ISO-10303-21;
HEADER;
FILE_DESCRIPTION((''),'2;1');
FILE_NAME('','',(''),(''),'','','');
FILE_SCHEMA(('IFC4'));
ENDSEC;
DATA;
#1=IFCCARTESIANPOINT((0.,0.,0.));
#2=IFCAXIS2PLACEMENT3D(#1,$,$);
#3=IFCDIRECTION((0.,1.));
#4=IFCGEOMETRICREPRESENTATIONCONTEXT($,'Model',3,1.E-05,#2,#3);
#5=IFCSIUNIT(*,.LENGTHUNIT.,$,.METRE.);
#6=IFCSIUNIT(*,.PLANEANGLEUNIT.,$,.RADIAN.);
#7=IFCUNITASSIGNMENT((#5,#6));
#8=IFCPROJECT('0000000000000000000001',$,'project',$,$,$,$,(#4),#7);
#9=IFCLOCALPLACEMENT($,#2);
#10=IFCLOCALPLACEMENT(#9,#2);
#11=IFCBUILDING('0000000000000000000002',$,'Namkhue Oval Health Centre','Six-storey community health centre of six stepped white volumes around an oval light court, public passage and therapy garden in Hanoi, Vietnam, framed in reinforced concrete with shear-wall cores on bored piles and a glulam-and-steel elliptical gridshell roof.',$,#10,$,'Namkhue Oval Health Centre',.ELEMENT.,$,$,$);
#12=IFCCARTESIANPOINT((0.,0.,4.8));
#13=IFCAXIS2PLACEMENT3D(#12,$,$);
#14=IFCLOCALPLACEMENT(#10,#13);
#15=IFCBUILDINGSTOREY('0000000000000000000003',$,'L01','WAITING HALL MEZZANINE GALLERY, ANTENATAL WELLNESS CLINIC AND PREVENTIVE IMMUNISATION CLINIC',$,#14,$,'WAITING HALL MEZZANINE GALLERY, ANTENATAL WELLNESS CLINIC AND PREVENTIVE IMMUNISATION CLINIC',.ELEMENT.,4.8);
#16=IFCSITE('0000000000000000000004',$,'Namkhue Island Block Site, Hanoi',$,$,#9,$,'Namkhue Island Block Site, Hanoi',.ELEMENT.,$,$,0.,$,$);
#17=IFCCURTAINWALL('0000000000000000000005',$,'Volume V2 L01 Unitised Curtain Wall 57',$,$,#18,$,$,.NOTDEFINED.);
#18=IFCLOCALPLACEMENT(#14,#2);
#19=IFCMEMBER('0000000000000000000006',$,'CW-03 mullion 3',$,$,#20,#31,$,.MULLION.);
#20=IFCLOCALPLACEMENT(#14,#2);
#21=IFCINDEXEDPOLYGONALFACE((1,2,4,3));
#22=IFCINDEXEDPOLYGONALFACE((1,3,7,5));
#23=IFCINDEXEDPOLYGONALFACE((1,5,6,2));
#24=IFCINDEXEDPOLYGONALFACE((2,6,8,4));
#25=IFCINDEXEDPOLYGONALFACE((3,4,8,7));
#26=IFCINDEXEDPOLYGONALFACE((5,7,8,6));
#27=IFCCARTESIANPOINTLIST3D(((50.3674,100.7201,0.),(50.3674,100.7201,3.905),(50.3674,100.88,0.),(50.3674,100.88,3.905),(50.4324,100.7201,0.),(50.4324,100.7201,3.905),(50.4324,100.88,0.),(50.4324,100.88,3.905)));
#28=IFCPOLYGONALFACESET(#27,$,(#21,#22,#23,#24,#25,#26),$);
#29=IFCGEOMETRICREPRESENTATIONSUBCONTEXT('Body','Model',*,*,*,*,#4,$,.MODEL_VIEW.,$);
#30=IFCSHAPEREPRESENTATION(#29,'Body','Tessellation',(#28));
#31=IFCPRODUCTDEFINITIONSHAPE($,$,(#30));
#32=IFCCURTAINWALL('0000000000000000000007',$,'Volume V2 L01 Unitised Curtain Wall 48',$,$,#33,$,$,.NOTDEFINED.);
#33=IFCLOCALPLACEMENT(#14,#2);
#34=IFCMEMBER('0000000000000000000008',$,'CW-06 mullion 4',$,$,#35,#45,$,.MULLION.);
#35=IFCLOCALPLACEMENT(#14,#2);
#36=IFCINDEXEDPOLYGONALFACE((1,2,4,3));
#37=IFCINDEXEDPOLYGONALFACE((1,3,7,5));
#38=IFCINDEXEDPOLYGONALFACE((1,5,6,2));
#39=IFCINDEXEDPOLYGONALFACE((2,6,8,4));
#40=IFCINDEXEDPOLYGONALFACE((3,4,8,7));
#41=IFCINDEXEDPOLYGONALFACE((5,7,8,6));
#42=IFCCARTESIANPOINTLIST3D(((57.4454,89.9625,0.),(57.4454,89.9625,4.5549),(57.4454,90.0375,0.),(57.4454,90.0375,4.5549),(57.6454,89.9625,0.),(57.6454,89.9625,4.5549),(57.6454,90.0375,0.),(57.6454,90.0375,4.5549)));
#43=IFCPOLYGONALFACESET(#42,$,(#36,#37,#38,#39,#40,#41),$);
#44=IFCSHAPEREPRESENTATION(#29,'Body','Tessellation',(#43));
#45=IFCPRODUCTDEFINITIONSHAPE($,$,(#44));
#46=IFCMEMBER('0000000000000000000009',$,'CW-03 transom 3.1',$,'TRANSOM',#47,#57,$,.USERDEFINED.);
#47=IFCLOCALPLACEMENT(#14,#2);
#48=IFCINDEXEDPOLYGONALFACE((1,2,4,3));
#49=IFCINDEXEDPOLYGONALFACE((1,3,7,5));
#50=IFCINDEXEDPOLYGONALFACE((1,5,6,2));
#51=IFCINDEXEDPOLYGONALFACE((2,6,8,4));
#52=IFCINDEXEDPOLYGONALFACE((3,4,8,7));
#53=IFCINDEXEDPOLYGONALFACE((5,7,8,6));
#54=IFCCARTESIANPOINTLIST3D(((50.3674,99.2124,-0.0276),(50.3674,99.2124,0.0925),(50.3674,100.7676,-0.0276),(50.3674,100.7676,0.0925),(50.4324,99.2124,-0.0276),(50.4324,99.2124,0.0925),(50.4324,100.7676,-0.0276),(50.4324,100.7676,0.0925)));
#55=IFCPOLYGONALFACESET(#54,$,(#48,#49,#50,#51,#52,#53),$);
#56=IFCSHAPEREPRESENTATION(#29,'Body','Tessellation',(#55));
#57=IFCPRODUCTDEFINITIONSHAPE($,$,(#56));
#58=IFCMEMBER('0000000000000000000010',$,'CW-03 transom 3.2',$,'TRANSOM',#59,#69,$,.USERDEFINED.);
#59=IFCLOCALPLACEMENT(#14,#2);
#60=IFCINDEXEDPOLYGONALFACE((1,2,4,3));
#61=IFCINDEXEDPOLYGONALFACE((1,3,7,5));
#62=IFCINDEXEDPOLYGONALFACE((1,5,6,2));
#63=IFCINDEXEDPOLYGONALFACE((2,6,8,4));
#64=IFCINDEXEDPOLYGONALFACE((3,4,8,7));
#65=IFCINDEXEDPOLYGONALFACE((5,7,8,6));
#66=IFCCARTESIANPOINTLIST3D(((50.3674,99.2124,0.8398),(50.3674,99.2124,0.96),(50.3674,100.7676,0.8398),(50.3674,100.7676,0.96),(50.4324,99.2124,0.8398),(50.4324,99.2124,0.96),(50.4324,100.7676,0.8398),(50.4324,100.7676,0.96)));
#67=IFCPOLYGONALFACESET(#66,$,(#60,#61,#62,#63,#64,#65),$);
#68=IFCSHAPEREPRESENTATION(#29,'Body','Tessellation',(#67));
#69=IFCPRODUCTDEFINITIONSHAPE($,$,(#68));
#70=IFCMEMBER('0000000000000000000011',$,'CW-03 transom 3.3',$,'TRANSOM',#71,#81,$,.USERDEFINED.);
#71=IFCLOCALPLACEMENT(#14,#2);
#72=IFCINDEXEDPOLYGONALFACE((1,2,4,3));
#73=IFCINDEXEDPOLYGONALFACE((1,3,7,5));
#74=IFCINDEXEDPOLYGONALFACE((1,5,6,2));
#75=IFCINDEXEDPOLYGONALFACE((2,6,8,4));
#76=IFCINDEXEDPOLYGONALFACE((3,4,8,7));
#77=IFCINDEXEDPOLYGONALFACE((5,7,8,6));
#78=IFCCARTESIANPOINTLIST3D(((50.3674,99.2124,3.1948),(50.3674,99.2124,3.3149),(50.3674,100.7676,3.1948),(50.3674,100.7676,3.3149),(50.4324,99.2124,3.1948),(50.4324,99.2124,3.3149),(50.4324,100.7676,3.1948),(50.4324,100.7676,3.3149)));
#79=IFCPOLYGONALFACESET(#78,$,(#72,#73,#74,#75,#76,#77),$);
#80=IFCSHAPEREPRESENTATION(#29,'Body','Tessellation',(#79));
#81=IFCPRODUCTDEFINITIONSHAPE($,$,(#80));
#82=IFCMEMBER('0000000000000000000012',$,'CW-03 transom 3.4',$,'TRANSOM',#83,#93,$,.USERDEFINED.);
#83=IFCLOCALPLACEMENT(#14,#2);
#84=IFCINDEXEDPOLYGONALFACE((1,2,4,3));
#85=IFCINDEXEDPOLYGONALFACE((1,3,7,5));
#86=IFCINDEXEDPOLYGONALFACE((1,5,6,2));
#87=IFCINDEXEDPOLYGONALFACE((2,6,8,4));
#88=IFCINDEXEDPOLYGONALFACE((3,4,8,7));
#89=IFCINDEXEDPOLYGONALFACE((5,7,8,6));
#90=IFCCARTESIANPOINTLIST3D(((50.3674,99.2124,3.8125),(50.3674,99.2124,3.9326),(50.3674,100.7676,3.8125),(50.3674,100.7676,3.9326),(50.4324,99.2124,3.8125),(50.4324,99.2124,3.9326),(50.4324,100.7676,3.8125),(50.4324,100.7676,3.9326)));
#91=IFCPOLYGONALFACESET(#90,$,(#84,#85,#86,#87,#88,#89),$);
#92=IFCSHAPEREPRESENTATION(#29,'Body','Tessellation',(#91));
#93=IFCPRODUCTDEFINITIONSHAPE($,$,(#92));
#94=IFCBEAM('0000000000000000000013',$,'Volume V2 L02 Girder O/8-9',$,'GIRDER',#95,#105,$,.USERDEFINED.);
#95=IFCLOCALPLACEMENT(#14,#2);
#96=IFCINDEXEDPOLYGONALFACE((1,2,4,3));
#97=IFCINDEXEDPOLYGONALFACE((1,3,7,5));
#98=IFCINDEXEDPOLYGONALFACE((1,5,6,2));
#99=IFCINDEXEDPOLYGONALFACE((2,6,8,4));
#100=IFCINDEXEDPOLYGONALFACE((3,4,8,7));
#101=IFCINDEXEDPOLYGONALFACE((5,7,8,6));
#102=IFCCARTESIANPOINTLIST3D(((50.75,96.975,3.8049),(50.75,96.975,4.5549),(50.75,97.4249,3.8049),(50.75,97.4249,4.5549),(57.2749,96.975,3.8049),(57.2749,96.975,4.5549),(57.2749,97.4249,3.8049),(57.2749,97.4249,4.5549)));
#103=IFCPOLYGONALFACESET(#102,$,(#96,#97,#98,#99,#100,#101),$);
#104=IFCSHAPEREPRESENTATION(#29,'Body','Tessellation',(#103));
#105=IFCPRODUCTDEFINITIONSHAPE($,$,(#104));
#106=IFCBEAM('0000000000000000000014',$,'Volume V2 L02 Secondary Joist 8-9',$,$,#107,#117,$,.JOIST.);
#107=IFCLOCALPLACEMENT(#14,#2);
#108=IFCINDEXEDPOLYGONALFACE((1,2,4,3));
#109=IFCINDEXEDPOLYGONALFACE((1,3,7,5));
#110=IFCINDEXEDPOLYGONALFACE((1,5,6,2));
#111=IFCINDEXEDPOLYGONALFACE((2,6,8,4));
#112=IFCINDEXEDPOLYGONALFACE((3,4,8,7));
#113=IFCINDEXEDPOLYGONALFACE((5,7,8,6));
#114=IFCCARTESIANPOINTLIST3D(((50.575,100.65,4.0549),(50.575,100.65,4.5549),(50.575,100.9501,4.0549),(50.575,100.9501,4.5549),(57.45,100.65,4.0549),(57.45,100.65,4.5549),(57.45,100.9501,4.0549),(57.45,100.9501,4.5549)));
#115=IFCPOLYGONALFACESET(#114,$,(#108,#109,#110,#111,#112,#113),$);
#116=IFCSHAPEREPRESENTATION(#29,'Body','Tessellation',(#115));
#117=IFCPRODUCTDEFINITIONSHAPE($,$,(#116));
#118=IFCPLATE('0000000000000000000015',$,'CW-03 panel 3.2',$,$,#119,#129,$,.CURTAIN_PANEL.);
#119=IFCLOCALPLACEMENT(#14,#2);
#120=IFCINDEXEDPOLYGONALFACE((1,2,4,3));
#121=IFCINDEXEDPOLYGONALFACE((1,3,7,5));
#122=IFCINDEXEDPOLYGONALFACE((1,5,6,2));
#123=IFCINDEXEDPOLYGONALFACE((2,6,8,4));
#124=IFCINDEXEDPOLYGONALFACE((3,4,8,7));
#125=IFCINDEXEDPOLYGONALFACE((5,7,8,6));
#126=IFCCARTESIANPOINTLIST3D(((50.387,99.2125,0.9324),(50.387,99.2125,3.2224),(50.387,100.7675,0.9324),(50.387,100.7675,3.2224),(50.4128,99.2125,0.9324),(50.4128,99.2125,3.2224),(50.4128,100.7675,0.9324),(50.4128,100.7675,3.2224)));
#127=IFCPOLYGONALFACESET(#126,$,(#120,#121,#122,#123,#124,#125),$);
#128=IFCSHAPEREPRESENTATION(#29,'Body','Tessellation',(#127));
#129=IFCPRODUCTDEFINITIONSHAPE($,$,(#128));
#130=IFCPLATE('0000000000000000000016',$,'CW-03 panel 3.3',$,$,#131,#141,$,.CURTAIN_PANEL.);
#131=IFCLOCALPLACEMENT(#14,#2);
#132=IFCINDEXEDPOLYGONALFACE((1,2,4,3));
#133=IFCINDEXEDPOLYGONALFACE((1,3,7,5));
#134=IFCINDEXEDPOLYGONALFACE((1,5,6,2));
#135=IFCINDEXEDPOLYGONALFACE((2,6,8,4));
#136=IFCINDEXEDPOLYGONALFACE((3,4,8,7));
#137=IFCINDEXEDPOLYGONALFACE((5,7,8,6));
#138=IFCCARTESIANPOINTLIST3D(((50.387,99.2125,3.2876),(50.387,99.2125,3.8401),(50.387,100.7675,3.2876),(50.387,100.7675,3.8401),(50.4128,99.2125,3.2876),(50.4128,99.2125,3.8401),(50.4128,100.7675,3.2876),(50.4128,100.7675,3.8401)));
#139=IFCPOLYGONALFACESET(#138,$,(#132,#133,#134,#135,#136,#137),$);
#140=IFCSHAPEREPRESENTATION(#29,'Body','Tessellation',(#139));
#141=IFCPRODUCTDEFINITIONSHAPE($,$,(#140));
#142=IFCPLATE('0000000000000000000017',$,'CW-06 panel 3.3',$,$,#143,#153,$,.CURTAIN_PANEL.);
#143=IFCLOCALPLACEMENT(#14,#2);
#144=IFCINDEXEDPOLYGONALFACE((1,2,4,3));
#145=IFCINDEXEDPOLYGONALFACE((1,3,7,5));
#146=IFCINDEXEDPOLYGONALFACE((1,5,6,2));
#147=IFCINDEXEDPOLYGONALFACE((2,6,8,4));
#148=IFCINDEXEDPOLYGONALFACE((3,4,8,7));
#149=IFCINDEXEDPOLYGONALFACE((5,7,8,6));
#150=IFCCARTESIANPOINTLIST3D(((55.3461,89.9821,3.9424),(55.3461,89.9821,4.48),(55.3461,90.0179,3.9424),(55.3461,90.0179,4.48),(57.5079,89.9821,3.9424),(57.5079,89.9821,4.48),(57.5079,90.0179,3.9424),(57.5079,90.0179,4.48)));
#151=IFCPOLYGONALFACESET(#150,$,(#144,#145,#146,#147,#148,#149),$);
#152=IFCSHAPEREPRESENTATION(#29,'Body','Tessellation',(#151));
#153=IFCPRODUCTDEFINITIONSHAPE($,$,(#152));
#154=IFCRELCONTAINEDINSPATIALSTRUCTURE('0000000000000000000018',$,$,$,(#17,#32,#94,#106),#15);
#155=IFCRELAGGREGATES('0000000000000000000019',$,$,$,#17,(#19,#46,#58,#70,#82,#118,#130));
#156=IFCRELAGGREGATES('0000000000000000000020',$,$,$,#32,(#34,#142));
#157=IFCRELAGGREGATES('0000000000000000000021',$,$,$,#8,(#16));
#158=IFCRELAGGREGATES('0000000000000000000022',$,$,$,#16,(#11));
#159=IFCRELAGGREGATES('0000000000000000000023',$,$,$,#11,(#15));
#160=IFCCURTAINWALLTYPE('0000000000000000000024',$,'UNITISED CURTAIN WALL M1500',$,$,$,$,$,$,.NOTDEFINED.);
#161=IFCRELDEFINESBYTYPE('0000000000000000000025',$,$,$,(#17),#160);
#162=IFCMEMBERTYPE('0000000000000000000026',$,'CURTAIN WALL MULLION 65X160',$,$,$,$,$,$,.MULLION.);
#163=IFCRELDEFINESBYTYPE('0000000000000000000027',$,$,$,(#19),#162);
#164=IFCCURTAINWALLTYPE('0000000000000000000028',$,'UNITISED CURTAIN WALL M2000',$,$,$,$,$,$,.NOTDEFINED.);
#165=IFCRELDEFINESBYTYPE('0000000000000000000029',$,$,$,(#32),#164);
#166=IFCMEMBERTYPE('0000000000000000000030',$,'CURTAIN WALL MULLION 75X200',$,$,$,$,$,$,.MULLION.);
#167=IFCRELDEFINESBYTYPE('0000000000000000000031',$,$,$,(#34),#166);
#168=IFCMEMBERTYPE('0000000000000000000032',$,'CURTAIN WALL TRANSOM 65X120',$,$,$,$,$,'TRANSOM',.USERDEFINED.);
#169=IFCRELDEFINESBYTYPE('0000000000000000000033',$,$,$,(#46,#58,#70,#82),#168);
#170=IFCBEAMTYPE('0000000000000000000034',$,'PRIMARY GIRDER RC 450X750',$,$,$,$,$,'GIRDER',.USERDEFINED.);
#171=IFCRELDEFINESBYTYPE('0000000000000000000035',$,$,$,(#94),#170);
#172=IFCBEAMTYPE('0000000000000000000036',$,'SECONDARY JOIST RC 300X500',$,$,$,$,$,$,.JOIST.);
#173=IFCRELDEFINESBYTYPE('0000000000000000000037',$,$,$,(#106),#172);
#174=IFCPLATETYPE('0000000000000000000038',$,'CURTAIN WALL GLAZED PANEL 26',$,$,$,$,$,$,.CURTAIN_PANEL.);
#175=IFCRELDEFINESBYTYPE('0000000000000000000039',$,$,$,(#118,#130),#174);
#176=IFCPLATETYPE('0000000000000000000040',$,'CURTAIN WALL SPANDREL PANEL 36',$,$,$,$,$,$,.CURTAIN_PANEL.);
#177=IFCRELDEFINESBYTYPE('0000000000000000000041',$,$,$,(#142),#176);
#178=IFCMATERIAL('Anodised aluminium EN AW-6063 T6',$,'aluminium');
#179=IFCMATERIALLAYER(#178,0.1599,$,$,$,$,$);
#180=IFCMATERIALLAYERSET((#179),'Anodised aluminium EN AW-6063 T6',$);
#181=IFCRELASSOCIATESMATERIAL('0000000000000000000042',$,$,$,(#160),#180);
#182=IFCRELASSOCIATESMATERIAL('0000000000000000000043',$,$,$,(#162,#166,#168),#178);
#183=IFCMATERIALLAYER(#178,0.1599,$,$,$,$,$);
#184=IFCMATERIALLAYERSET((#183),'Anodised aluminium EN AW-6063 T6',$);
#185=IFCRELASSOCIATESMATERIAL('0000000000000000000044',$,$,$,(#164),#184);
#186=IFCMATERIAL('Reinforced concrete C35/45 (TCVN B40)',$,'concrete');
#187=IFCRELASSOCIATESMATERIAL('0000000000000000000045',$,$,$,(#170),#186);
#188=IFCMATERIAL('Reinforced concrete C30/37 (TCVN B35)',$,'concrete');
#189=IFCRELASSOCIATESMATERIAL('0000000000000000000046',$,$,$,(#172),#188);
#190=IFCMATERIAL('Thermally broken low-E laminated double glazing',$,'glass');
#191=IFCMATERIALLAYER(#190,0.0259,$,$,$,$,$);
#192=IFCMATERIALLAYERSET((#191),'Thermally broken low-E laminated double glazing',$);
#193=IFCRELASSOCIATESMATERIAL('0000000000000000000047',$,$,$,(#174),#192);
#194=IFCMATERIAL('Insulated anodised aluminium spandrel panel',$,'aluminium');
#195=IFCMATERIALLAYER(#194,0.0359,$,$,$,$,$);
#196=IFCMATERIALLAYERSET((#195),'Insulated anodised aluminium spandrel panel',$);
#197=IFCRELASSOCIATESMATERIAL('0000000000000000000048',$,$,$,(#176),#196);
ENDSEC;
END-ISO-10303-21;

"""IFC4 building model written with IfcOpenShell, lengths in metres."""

from ifc_helpers import new_model, si_unit, direction, frame, origin, origin_2d, place, context, subcontext, project, spatial, rectangle, extrude, material, layer, layer_set, material_profile, profile_set, type_object, element, aggregate, save


model = new_model("IFC4")

# Units and contexts
model_context = context("Model", 3, precision=1e-05, world=origin(), true_north=direction((0.0, 1.0)))
body_context = subcontext(model_context, "Body", "Model", "MODEL_VIEW")
ifc_project = project(units=[si_unit("LENGTHUNIT", "METRE"), si_unit("PLANEANGLEUNIT", "RADIAN")], contexts=[model_context])

# Site, building, storey
site_placement = place(None, origin())
site = spatial("IfcSite", under=ifc_project, at=site_placement, Name="Namkhue Island Block Site, Hanoi", LongName="Namkhue Island Block Site, Hanoi", CompositionType="ELEMENT", RefElevation=0.0)
building_placement = place(site_placement, origin())
building = spatial("IfcBuilding", under=site, at=building_placement, Name="Namkhue Oval Health Centre", Description="Six-storey community health centre of six stepped white volumes around an oval light court, public passage and therapy garden in Hanoi, Vietnam, framed in reinforced concrete with shear-wall cores on bored piles and a glulam-and-steel elliptical gridshell roof.", LongName="Namkhue Oval Health Centre", CompositionType="ELEMENT")
storey_placement = place(building_placement, frame((0.0, 0.0, 4.8)))
storey = spatial("IfcBuildingStorey", under=building, at=storey_placement, Name="L01", Description="WAITING HALL MEZZANINE GALLERY, ANTENATAL WELLNESS CLINIC AND PREVENTIVE IMMUNISATION CLINIC", LongName="WAITING HALL MEZZANINE GALLERY, ANTENATAL WELLNESS CLINIC AND PREVENTIVE IMMUNISATION CLINIC", CompositionType="ELEMENT", Elevation=4.8)

# Curtain walls, members
ifc_material_1 = material(Name="Anodised aluminium EN AW-6063 T6", Category="aluminium")
ifc_layer_1 = layer(ifc_material_1, 0.1599)
ifc_layer_set_1 = layer_set([ifc_layer_1], Name="Anodised aluminium EN AW-6063 T6")
curtain_wall_type_1 = type_object("IfcCurtainWallType", Name="UNITISED CURTAIN WALL M1500", PredefinedType="NOTDEFINED", material=ifc_layer_set_1)
curtain_wall_1_placement = place(storey_placement, origin())
curtain_wall_1 = element("IfcCurtainWall", 1, at=curtain_wall_1_placement, inside=storey, type_object=curtain_wall_type_1, Name="Volume V2 L01 Unitised Curtain Wall 57", PredefinedType="NOTDEFINED")
ifc_material_profile_1 = material_profile(ifc_material_1, rectangle(XDim=0.0649, YDim=0.1599, at=origin_2d()), Name="ALU 65x160")
ifc_profile_set_1 = profile_set([ifc_material_profile_1], Name="Anodised aluminium EN AW-6063 T6")
member_type_1 = type_object("IfcMemberType", Name="CURTAIN WALL MULLION 65X160", PredefinedType="MULLION", material=ifc_profile_set_1)
member_1_placement = place(storey_placement, frame((50.3999, 100.8, 0.0), z_axis=(0.0, 0.0, 1.0), x_axis=(1.0, 0.0, 0.0)))
member_1 = element("IfcMember", 2, at=member_1_placement, type_object=member_type_1, Name="CW-03 mullion 3", PredefinedType="MULLION", context=body_context, shape_type="SweptSolid", body=[
    extrude(rectangle(XDim=0.0649, YDim=0.1599, at=origin_2d()), origin(), (0.0, 0.0, 1.0), 3.905),
])
ifc_layer_2 = layer(ifc_material_1, 0.1599)
ifc_layer_set_2 = layer_set([ifc_layer_2], Name="Anodised aluminium EN AW-6063 T6")
curtain_wall_type_2 = type_object("IfcCurtainWallType", Name="UNITISED CURTAIN WALL M2000", PredefinedType="NOTDEFINED", material=ifc_layer_set_2)
curtain_wall_2_placement = place(storey_placement, origin())
curtain_wall_2 = element("IfcCurtainWall", 3, at=curtain_wall_2_placement, inside=storey, type_object=curtain_wall_type_2, Name="Volume V2 L01 Unitised Curtain Wall 48", PredefinedType="NOTDEFINED")
ifc_material_profile_2 = material_profile(ifc_material_1, rectangle(XDim=0.075, YDim=0.2, at=origin_2d()), Name="ALU 75x200")
ifc_profile_set_2 = profile_set([ifc_material_profile_2], Name="Anodised aluminium EN AW-6063 T6")
member_type_2 = type_object("IfcMemberType", Name="CURTAIN WALL MULLION 75X200", PredefinedType="MULLION", material=ifc_profile_set_2)
member_2_placement = place(storey_placement, frame((57.5454, 90.0, 0.0), z_axis=(0.0, 0.0, 1.0), x_axis=(0.0, 1.0, 0.0)))
member_2 = element("IfcMember", 4, at=member_2_placement, type_object=member_type_2, Name="CW-06 mullion 4", PredefinedType="MULLION", context=body_context, shape_type="SweptSolid", body=[
    extrude(rectangle(XDim=0.075, YDim=0.2, at=origin_2d()), origin(), (0.0, 0.0, 1.0), 4.5549),
])

# Members
ifc_material_profile_3 = material_profile(ifc_material_1, rectangle(XDim=0.0649, YDim=0.1201, at=origin_2d()), Name="ALU 65x120")
ifc_profile_set_3 = profile_set([ifc_material_profile_3], Name="Anodised aluminium EN AW-6063 T6")
member_type_3 = type_object("IfcMemberType", Name="CURTAIN WALL TRANSOM 65X120", ElementType="TRANSOM", PredefinedType="USERDEFINED", material=ifc_profile_set_3)
member_3_placement = place(storey_placement, frame((50.3999, 100.7676, 0.0325), z_axis=(0.0, -1.0, 0.0), x_axis=(1.0, 0.0, 0.0)))
member_3 = element("IfcMember", 5, at=member_3_placement, type_object=member_type_3, Name="CW-03 transom 3.1", ObjectType="TRANSOM", PredefinedType="USERDEFINED", context=body_context, shape_type="SweptSolid", body=[
    extrude(rectangle(XDim=0.0649, YDim=0.1201, at=origin_2d()), origin(), (0.0, 0.0, 1.0), 1.5552),
])
member_4_placement = place(storey_placement, frame((50.3999, 100.7676, 0.8999), z_axis=(0.0, -1.0, 0.0), x_axis=(1.0, 0.0, 0.0)))
member_4 = element("IfcMember", 6, at=member_4_placement, type_object=member_type_3, Name="CW-03 transom 3.2", ObjectType="TRANSOM", PredefinedType="USERDEFINED", context=body_context, shape_type="SweptSolid", body=[
    extrude(rectangle(XDim=0.0649, YDim=0.1201, at=origin_2d()), origin(), (0.0, 0.0, 1.0), 1.5552),
])
member_5_placement = place(storey_placement, frame((50.3999, 100.7676, 3.2549), z_axis=(0.0, -1.0, 0.0), x_axis=(1.0, 0.0, 0.0)))
member_5 = element("IfcMember", 7, at=member_5_placement, type_object=member_type_3, Name="CW-03 transom 3.3", ObjectType="TRANSOM", PredefinedType="USERDEFINED", context=body_context, shape_type="SweptSolid", body=[
    extrude(rectangle(XDim=0.0649, YDim=0.1201, at=origin_2d()), origin(), (0.0, 0.0, 1.0), 1.5552),
])
member_6_placement = place(storey_placement, frame((50.3999, 100.7676, 3.8726), z_axis=(0.0, -1.0, 0.0), x_axis=(1.0, 0.0, 0.0)))
member_6 = element("IfcMember", 8, at=member_6_placement, type_object=member_type_3, Name="CW-03 transom 3.4", ObjectType="TRANSOM", PredefinedType="USERDEFINED", context=body_context, shape_type="SweptSolid", body=[
    extrude(rectangle(XDim=0.0649, YDim=0.1201, at=origin_2d()), origin(), (0.0, 0.0, 1.0), 1.5552),
])

# Beams
ifc_material_2 = material(Name="Reinforced concrete C35/45 (TCVN B40)", Category="concrete")
ifc_material_profile_4 = material_profile(ifc_material_2, rectangle(XDim=0.45, YDim=0.75, at=origin_2d()), Name="RC 450x750")
ifc_profile_set_4 = profile_set([ifc_material_profile_4], Name="Reinforced concrete C35/45 (TCVN B40)")
beam_type_1 = type_object("IfcBeamType", Name="PRIMARY GIRDER RC 450X750", ElementType="GIRDER", PredefinedType="USERDEFINED", material=ifc_profile_set_4)
beam_1_placement = place(storey_placement, frame((50.75, 97.2, 4.1799), z_axis=(1.0, 0.0, 0.0), x_axis=(0.0, 1.0, 0.0)))
element("IfcBeam", 9, at=beam_1_placement, inside=storey, type_object=beam_type_1, Name="Volume V2 L02 Girder O/8-9", ObjectType="GIRDER", PredefinedType="USERDEFINED", context=body_context, shape_type="SweptSolid", body=[
    extrude(rectangle(XDim=0.45, YDim=0.75, at=origin_2d()), origin(), (0.0, 0.0, 1.0), 6.5249),
])
ifc_material_3 = material(Name="Reinforced concrete C30/37 (TCVN B35)", Category="concrete")
ifc_material_profile_5 = material_profile(ifc_material_3, rectangle(XDim=0.3, YDim=0.5, at=origin_2d()), Name="RC 300x500")
ifc_profile_set_5 = profile_set([ifc_material_profile_5], Name="Reinforced concrete C30/37 (TCVN B35)")
beam_type_2 = type_object("IfcBeamType", Name="SECONDARY JOIST RC 300X500", PredefinedType="JOIST", material=ifc_profile_set_5)
beam_2_placement = place(storey_placement, frame((50.575, 100.8, 4.3049), z_axis=(1.0, 0.0, 0.0), x_axis=(0.0, 1.0, 0.0)))
element("IfcBeam", 10, at=beam_2_placement, inside=storey, type_object=beam_type_2, Name="Volume V2 L02 Secondary Joist 8-9", PredefinedType="JOIST", context=body_context, shape_type="SweptSolid", body=[
    extrude(rectangle(XDim=0.3, YDim=0.5, at=origin_2d()), origin(), (0.0, 0.0, 1.0), 6.875),
])

# Plates
ifc_material_4 = material(Name="Thermally broken low-E laminated double glazing", Category="glass")
ifc_layer_3 = layer(ifc_material_4, 0.0259)
ifc_layer_set_3 = layer_set([ifc_layer_3], Name="Thermally broken low-E laminated double glazing")
plate_type_1 = type_object("IfcPlateType", Name="CURTAIN WALL GLAZED PANEL 26", PredefinedType="CURTAIN_PANEL", material=ifc_layer_set_3)
plate_1_placement = place(storey_placement, frame((50.3999, 99.99, 0.9324), z_axis=(0.0, 0.0, 1.0), x_axis=(0.0, -1.0, 0.0)))
plate_1 = element("IfcPlate", 11, at=plate_1_placement, type_object=plate_type_1, Name="CW-03 panel 3.2", PredefinedType="CURTAIN_PANEL", context=body_context, shape_type="SweptSolid", body=[
    extrude(rectangle(XDim=1.5549, YDim=0.0259, at=origin_2d()), origin(), (0.0, 0.0, 1.0), 2.29),
])
plate_2_placement = place(storey_placement, frame((50.3999, 99.99, 3.2876), z_axis=(0.0, 0.0, 1.0), x_axis=(0.0, -1.0, 0.0)))
plate_2 = element("IfcPlate", 12, at=plate_2_placement, type_object=plate_type_1, Name="CW-03 panel 3.3", PredefinedType="CURTAIN_PANEL", context=body_context, shape_type="SweptSolid", body=[
    extrude(rectangle(XDim=1.5549, YDim=0.0259, at=origin_2d()), origin(), (0.0, 0.0, 1.0), 0.5525),
])
aggregate(curtain_wall_1, [member_1, member_3, member_4, member_5, member_6, plate_1, plate_2])
ifc_material_5 = material(Name="Insulated anodised aluminium spandrel panel", Category="aluminium")
ifc_layer_4 = layer(ifc_material_5, 0.0359)
ifc_layer_set_4 = layer_set([ifc_layer_4], Name="Insulated anodised aluminium spandrel panel")
plate_type_2 = type_object("IfcPlateType", Name="CURTAIN WALL SPANDREL PANEL 36", PredefinedType="CURTAIN_PANEL", material=ifc_layer_set_4)
plate_3_placement = place(storey_placement, frame((56.427, 90.0, 3.9424), z_axis=(0.0, 0.0, 1.0), x_axis=(1.0, 0.0, 0.0)))
plate_3 = element("IfcPlate", 13, at=plate_3_placement, type_object=plate_type_2, Name="CW-06 panel 3.3", PredefinedType="CURTAIN_PANEL", context=body_context, shape_type="SweptSolid", body=[
    extrude(rectangle(XDim=2.1619, YDim=0.0359, at=origin_2d()), origin(), (0.0, 0.0, 1.0), 0.5376),
])
aggregate(curtain_wall_2, [member_2, plate_3])

save(model, "model.ifc")
